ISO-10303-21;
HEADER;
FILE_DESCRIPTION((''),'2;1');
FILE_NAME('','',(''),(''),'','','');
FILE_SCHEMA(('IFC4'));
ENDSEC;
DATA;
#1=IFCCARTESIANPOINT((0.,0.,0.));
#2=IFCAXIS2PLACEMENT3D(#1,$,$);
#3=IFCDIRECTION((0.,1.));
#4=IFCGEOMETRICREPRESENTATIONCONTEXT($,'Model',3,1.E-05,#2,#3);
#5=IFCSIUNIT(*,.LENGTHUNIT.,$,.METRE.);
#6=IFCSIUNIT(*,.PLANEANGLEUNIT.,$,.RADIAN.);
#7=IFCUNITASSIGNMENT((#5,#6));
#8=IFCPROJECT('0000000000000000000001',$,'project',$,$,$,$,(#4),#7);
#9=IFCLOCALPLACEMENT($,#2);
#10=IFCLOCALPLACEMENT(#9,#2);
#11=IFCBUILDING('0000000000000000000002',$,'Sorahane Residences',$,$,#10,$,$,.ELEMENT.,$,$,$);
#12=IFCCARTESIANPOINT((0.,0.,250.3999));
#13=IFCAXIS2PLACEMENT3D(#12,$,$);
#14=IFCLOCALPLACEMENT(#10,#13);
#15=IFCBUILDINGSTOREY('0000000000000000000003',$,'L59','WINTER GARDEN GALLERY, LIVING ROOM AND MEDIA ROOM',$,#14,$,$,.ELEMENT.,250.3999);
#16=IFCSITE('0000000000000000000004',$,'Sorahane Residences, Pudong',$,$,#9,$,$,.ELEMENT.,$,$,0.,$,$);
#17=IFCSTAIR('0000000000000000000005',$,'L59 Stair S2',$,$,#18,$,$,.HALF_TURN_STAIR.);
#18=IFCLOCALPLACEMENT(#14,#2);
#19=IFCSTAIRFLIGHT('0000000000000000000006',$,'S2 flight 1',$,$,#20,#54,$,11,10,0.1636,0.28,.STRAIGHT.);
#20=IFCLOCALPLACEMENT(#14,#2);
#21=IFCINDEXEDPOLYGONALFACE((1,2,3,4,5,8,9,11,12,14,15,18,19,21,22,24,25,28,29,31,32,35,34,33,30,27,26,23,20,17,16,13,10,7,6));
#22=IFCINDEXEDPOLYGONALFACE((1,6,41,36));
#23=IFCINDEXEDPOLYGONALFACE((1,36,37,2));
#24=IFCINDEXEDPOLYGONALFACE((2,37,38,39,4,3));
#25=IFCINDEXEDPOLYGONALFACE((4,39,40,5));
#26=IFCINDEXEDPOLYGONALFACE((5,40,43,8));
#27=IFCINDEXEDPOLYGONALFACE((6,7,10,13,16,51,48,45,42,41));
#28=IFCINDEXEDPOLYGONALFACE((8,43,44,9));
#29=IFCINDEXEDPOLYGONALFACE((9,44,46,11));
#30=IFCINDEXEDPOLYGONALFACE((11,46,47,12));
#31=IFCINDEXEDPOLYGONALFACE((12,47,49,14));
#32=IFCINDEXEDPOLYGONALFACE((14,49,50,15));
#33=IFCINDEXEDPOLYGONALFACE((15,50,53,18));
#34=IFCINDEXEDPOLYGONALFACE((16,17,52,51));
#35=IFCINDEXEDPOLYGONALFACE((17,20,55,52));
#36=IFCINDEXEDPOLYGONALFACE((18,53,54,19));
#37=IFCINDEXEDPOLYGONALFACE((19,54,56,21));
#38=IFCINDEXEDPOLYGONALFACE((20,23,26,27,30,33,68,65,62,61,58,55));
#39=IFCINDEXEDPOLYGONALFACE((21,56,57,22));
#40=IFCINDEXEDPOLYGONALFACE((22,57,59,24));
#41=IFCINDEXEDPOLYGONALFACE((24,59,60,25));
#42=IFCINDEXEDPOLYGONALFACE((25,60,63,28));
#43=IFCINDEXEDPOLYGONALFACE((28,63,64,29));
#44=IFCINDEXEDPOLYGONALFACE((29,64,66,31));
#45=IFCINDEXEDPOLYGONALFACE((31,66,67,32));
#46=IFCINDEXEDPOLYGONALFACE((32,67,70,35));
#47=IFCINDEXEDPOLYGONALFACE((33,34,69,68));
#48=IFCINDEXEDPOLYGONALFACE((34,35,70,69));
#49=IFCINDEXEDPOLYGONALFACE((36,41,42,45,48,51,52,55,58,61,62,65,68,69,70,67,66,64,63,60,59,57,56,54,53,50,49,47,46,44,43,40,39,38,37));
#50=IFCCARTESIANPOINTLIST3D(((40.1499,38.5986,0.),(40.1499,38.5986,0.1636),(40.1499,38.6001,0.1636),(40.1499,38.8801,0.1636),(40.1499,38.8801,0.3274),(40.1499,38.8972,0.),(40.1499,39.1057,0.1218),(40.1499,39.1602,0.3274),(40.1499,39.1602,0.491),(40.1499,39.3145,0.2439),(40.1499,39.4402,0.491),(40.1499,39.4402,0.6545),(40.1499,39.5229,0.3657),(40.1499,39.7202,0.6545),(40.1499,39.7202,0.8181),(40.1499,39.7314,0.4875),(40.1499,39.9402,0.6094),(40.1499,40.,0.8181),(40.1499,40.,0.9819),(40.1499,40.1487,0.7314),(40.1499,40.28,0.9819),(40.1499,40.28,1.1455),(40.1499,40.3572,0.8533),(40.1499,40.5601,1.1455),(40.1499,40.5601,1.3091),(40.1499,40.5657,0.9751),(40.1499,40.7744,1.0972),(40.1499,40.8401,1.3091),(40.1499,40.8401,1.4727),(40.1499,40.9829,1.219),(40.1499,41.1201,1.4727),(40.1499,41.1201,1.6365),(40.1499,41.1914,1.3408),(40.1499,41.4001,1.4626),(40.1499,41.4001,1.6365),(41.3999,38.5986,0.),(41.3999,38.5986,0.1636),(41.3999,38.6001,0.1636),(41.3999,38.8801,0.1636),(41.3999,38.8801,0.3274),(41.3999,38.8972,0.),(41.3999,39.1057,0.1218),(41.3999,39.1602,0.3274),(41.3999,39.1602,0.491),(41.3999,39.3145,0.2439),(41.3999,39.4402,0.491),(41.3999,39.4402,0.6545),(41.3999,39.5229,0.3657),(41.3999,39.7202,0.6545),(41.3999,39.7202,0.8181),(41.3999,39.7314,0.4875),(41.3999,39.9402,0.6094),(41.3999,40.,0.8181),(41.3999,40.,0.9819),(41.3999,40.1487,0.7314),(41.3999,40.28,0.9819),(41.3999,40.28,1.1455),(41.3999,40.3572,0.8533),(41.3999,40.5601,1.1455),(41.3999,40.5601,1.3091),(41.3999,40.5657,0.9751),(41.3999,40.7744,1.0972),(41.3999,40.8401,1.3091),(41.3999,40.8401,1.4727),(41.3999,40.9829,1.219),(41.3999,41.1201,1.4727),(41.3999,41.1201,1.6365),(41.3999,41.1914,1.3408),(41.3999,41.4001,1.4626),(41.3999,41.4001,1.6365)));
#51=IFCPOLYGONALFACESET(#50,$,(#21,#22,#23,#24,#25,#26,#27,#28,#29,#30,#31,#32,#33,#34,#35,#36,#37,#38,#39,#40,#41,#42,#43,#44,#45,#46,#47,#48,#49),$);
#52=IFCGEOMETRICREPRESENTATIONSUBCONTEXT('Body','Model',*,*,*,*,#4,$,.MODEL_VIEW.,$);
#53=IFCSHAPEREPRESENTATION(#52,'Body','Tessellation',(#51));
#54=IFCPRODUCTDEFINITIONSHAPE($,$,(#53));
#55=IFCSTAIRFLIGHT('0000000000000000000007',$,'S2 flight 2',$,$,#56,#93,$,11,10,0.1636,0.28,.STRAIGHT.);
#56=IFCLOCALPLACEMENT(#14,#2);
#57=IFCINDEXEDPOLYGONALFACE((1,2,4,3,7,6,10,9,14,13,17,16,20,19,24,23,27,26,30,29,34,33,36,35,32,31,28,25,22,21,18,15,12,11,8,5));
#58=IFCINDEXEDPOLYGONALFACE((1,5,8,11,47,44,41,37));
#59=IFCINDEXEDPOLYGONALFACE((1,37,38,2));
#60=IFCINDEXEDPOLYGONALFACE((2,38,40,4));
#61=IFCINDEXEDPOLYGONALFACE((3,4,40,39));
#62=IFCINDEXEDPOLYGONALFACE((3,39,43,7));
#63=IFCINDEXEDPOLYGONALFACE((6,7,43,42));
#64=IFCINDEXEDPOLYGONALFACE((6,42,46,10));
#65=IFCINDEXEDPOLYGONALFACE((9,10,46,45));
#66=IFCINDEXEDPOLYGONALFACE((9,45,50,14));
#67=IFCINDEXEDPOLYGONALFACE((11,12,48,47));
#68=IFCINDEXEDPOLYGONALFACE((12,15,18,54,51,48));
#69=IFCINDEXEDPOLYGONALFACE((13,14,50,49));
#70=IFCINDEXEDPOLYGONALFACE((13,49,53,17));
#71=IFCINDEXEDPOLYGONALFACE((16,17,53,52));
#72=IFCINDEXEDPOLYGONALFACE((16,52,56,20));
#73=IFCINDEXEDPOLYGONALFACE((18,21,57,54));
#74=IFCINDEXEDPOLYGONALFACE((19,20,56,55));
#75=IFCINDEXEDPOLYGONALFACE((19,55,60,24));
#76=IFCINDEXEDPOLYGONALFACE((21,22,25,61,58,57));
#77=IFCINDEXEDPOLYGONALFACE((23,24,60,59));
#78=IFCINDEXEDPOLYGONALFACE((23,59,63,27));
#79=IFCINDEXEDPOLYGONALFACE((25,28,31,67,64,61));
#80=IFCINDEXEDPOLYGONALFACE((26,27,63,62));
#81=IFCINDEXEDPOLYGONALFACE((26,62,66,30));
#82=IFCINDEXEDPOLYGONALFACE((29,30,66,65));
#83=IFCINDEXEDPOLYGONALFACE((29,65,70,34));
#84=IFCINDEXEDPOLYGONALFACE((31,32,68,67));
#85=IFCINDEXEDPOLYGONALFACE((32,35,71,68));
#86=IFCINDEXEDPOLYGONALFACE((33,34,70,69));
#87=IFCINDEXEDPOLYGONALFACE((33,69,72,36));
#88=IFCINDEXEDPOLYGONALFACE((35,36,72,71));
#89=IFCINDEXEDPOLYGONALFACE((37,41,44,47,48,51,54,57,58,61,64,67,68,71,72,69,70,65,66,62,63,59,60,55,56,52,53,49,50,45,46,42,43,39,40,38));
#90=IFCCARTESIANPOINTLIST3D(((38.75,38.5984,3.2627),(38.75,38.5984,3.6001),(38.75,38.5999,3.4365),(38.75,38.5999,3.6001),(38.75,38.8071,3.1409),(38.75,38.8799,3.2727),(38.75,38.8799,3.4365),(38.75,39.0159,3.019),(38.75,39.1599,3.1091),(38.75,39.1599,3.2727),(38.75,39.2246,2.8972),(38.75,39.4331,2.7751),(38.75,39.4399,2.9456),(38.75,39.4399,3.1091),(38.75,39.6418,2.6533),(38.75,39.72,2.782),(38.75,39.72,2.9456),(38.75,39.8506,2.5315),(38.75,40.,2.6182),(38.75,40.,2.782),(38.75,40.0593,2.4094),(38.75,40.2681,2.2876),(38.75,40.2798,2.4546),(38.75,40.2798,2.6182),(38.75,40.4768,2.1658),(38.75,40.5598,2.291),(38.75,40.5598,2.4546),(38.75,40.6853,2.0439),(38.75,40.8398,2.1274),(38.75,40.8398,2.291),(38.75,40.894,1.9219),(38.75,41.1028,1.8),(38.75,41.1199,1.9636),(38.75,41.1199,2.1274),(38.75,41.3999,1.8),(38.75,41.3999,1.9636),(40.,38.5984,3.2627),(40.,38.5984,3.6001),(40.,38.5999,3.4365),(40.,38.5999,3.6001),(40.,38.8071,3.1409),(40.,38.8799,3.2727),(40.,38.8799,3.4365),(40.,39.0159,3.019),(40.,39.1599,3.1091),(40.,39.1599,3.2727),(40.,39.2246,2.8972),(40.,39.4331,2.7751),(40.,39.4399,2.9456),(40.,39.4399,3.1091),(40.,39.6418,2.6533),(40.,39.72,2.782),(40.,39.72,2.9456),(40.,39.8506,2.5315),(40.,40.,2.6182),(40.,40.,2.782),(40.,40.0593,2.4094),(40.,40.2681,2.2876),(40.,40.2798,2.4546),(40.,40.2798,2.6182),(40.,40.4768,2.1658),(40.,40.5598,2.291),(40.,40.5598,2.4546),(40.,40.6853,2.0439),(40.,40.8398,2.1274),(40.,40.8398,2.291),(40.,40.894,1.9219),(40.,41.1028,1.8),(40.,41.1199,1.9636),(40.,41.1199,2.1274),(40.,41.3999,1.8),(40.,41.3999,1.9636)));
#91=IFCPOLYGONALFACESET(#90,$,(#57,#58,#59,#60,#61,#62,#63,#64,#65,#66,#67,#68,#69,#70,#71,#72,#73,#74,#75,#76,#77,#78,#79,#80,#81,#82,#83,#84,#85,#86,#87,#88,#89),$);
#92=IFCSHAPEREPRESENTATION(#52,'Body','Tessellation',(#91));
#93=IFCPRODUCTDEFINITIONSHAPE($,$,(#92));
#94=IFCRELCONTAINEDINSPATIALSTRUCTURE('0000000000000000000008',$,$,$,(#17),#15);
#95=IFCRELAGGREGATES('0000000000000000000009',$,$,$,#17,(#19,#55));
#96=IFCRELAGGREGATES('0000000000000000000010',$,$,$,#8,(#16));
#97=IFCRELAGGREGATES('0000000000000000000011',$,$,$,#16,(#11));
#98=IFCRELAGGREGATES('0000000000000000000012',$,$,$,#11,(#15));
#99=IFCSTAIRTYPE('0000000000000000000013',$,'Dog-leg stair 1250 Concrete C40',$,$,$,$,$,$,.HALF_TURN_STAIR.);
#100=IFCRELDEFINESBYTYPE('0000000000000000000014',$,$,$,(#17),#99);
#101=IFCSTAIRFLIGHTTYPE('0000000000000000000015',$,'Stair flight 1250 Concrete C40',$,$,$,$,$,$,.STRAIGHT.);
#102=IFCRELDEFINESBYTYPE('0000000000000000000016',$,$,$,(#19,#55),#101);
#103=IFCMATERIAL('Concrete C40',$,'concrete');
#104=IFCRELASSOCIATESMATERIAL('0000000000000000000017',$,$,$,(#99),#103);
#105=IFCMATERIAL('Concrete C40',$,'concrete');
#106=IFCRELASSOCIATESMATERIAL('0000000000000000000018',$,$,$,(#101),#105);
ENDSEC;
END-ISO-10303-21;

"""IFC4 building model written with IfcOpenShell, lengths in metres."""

from ifc_helpers import new_model, si_unit, direction, frame, origin, place, context, subcontext, project, spatial, polyline, outline, extrude, material, type_object, element, aggregate, save


model = new_model("IFC4")

# Units and contexts
model_context = context("Model", 3, precision=1e-05, world=origin(), true_north=direction((0.0, 1.0)))
body_context = subcontext(model_context, "Body", "Model", "MODEL_VIEW")
ifc_project = project(units=[si_unit("LENGTHUNIT", "METRE"), si_unit("PLANEANGLEUNIT", "RADIAN")], contexts=[model_context])

# Site, building, storey
site_placement = place(None, origin())
site = spatial("IfcSite", under=ifc_project, at=site_placement, Name="Sorahane Residences, Pudong", CompositionType="ELEMENT", RefElevation=0.0)
building_placement = place(site_placement, origin())
building = spatial("IfcBuilding", under=site, at=building_placement, Name="Sorahane Residences", CompositionType="ELEMENT")
storey_placement = place(building_placement, frame((0.0, 0.0, 250.3999)))
storey = spatial("IfcBuildingStorey", under=building, at=storey_placement, Name="L59", Description="WINTER GARDEN GALLERY, LIVING ROOM AND MEDIA ROOM", CompositionType="ELEMENT", Elevation=250.3999)

# Stair, stair flights
ifc_material_1 = material(Name="Concrete C40", Category="concrete")
stair_type = type_object("IfcStairType", Name="Dog-leg stair 1250 Concrete C40", PredefinedType="HALF_TURN_STAIR", material=ifc_material_1)
stair_placement = place(storey_placement, origin())
stair = element("IfcStair", 1, at=stair_placement, inside=storey, type_object=stair_type, Name="L59 Stair S2", PredefinedType="HALF_TURN_STAIR")
ifc_material_2 = material(Name="Concrete C40", Category="concrete")
stair_flight_type = type_object("IfcStairFlightType", Name="Stair flight 1250 Concrete C40", PredefinedType="STRAIGHT", material=ifc_material_2)
stair_flight_1_placement = place(storey_placement, frame((40.7749, 38.6001, 0.0), z_axis=(0.0, 0.0, 1.0), x_axis=(0.0, 1.0, 0.0)))
stair_flight_1 = element("IfcStairFlight", 2, at=stair_flight_1_placement, type_object=stair_flight_type, Name="S2 flight 1", NumberOfRisers=11, NumberOfTreads=10, PredefinedType="STRAIGHT", RiserHeight=0.1636, TreadLength=0.28, context=body_context, shape_type="SweptSolid", body=[
    extrude(outline(polyline([(-0.0015, 0.0), (-0.0015, 0.1636), (0.0, 0.1636), (0.28, 0.1636), (0.28, 0.3274), (0.5601, 0.3274), (0.5601, 0.491), (0.8401, 0.491), (0.8401, 0.6545), (1.1201, 0.6545), (1.1201, 0.8181), (1.3999, 0.8181), (1.3999, 0.9819), (1.6799, 0.9819), (1.6799, 1.1455), (1.96, 1.1455), (1.96, 1.3091), (2.24, 1.3091), (2.24, 1.4727), (2.52, 1.4727), (2.52, 1.6365), (2.8, 1.6365), (2.8, 1.8), (2.8, 1.4626), (2.5913, 1.3408), (2.3828, 1.219), (2.1743, 1.0972), (1.9656, 0.9751), (1.7571, 0.8533), (1.5486, 0.7314), (1.3401, 0.6094), (1.1313, 0.4875), (0.9229, 0.3657), (0.7144, 0.2439), (0.5056, 0.1218), (0.2971, 0.0), (-0.0015, 0.0)])), frame((0.0, 0.625, 0.0), z_axis=(0.0, -1.0, 0.0), x_axis=(1.0, 0.0, 0.0)), (0.0, 0.0, 1.0), 1.25),
])
stair_flight_2_placement = place(storey_placement, frame((39.375, 41.3999, 1.8), z_axis=(0.0, 0.0, 1.0), x_axis=(0.0, -1.0, 0.0)))
stair_flight_2 = element("IfcStairFlight", 3, at=stair_flight_2_placement, type_object=stair_flight_type, Name="S2 flight 2", NumberOfRisers=11, NumberOfTreads=10, PredefinedType="STRAIGHT", RiserHeight=0.1636, TreadLength=0.28, context=body_context, shape_type="SweptSolid", body=[
    extrude(outline(polyline([(0.0, 0.0), (0.0, 0.1636), (0.28, 0.1636), (0.28, 0.3274), (0.5601, 0.3274), (0.5601, 0.491), (0.8401, 0.491), (0.8401, 0.6545), (1.1201, 0.6545), (1.1201, 0.8181), (1.3999, 0.8181), (1.3999, 0.9819), (1.6799, 0.9819), (1.6799, 1.1455), (1.96, 1.1455), (1.96, 1.3091), (2.24, 1.3091), (2.24, 1.4727), (2.52, 1.4727), (2.52, 1.6365), (2.8, 1.6365), (2.8, 1.8), (2.8015, 1.8), (2.8015, 1.4626), (2.5928, 1.3408), (2.384, 1.219), (2.1753, 1.0972), (1.9668, 0.9751), (1.7581, 0.8533), (1.5493, 0.7314), (1.3406, 0.6094), (1.1318, 0.4875), (0.9231, 0.3657), (0.7146, 0.2439), (0.5059, 0.1218), (0.2971, 0.0), (0.0, 0.0)])), frame((0.0, 0.625, 0.0), z_axis=(0.0, -1.0, 0.0), x_axis=(1.0, 0.0, 0.0)), (0.0, 0.0, 1.0), 1.25),
])
aggregate(stair, [stair_flight_1, stair_flight_2])

save(model, "model.ifc")
